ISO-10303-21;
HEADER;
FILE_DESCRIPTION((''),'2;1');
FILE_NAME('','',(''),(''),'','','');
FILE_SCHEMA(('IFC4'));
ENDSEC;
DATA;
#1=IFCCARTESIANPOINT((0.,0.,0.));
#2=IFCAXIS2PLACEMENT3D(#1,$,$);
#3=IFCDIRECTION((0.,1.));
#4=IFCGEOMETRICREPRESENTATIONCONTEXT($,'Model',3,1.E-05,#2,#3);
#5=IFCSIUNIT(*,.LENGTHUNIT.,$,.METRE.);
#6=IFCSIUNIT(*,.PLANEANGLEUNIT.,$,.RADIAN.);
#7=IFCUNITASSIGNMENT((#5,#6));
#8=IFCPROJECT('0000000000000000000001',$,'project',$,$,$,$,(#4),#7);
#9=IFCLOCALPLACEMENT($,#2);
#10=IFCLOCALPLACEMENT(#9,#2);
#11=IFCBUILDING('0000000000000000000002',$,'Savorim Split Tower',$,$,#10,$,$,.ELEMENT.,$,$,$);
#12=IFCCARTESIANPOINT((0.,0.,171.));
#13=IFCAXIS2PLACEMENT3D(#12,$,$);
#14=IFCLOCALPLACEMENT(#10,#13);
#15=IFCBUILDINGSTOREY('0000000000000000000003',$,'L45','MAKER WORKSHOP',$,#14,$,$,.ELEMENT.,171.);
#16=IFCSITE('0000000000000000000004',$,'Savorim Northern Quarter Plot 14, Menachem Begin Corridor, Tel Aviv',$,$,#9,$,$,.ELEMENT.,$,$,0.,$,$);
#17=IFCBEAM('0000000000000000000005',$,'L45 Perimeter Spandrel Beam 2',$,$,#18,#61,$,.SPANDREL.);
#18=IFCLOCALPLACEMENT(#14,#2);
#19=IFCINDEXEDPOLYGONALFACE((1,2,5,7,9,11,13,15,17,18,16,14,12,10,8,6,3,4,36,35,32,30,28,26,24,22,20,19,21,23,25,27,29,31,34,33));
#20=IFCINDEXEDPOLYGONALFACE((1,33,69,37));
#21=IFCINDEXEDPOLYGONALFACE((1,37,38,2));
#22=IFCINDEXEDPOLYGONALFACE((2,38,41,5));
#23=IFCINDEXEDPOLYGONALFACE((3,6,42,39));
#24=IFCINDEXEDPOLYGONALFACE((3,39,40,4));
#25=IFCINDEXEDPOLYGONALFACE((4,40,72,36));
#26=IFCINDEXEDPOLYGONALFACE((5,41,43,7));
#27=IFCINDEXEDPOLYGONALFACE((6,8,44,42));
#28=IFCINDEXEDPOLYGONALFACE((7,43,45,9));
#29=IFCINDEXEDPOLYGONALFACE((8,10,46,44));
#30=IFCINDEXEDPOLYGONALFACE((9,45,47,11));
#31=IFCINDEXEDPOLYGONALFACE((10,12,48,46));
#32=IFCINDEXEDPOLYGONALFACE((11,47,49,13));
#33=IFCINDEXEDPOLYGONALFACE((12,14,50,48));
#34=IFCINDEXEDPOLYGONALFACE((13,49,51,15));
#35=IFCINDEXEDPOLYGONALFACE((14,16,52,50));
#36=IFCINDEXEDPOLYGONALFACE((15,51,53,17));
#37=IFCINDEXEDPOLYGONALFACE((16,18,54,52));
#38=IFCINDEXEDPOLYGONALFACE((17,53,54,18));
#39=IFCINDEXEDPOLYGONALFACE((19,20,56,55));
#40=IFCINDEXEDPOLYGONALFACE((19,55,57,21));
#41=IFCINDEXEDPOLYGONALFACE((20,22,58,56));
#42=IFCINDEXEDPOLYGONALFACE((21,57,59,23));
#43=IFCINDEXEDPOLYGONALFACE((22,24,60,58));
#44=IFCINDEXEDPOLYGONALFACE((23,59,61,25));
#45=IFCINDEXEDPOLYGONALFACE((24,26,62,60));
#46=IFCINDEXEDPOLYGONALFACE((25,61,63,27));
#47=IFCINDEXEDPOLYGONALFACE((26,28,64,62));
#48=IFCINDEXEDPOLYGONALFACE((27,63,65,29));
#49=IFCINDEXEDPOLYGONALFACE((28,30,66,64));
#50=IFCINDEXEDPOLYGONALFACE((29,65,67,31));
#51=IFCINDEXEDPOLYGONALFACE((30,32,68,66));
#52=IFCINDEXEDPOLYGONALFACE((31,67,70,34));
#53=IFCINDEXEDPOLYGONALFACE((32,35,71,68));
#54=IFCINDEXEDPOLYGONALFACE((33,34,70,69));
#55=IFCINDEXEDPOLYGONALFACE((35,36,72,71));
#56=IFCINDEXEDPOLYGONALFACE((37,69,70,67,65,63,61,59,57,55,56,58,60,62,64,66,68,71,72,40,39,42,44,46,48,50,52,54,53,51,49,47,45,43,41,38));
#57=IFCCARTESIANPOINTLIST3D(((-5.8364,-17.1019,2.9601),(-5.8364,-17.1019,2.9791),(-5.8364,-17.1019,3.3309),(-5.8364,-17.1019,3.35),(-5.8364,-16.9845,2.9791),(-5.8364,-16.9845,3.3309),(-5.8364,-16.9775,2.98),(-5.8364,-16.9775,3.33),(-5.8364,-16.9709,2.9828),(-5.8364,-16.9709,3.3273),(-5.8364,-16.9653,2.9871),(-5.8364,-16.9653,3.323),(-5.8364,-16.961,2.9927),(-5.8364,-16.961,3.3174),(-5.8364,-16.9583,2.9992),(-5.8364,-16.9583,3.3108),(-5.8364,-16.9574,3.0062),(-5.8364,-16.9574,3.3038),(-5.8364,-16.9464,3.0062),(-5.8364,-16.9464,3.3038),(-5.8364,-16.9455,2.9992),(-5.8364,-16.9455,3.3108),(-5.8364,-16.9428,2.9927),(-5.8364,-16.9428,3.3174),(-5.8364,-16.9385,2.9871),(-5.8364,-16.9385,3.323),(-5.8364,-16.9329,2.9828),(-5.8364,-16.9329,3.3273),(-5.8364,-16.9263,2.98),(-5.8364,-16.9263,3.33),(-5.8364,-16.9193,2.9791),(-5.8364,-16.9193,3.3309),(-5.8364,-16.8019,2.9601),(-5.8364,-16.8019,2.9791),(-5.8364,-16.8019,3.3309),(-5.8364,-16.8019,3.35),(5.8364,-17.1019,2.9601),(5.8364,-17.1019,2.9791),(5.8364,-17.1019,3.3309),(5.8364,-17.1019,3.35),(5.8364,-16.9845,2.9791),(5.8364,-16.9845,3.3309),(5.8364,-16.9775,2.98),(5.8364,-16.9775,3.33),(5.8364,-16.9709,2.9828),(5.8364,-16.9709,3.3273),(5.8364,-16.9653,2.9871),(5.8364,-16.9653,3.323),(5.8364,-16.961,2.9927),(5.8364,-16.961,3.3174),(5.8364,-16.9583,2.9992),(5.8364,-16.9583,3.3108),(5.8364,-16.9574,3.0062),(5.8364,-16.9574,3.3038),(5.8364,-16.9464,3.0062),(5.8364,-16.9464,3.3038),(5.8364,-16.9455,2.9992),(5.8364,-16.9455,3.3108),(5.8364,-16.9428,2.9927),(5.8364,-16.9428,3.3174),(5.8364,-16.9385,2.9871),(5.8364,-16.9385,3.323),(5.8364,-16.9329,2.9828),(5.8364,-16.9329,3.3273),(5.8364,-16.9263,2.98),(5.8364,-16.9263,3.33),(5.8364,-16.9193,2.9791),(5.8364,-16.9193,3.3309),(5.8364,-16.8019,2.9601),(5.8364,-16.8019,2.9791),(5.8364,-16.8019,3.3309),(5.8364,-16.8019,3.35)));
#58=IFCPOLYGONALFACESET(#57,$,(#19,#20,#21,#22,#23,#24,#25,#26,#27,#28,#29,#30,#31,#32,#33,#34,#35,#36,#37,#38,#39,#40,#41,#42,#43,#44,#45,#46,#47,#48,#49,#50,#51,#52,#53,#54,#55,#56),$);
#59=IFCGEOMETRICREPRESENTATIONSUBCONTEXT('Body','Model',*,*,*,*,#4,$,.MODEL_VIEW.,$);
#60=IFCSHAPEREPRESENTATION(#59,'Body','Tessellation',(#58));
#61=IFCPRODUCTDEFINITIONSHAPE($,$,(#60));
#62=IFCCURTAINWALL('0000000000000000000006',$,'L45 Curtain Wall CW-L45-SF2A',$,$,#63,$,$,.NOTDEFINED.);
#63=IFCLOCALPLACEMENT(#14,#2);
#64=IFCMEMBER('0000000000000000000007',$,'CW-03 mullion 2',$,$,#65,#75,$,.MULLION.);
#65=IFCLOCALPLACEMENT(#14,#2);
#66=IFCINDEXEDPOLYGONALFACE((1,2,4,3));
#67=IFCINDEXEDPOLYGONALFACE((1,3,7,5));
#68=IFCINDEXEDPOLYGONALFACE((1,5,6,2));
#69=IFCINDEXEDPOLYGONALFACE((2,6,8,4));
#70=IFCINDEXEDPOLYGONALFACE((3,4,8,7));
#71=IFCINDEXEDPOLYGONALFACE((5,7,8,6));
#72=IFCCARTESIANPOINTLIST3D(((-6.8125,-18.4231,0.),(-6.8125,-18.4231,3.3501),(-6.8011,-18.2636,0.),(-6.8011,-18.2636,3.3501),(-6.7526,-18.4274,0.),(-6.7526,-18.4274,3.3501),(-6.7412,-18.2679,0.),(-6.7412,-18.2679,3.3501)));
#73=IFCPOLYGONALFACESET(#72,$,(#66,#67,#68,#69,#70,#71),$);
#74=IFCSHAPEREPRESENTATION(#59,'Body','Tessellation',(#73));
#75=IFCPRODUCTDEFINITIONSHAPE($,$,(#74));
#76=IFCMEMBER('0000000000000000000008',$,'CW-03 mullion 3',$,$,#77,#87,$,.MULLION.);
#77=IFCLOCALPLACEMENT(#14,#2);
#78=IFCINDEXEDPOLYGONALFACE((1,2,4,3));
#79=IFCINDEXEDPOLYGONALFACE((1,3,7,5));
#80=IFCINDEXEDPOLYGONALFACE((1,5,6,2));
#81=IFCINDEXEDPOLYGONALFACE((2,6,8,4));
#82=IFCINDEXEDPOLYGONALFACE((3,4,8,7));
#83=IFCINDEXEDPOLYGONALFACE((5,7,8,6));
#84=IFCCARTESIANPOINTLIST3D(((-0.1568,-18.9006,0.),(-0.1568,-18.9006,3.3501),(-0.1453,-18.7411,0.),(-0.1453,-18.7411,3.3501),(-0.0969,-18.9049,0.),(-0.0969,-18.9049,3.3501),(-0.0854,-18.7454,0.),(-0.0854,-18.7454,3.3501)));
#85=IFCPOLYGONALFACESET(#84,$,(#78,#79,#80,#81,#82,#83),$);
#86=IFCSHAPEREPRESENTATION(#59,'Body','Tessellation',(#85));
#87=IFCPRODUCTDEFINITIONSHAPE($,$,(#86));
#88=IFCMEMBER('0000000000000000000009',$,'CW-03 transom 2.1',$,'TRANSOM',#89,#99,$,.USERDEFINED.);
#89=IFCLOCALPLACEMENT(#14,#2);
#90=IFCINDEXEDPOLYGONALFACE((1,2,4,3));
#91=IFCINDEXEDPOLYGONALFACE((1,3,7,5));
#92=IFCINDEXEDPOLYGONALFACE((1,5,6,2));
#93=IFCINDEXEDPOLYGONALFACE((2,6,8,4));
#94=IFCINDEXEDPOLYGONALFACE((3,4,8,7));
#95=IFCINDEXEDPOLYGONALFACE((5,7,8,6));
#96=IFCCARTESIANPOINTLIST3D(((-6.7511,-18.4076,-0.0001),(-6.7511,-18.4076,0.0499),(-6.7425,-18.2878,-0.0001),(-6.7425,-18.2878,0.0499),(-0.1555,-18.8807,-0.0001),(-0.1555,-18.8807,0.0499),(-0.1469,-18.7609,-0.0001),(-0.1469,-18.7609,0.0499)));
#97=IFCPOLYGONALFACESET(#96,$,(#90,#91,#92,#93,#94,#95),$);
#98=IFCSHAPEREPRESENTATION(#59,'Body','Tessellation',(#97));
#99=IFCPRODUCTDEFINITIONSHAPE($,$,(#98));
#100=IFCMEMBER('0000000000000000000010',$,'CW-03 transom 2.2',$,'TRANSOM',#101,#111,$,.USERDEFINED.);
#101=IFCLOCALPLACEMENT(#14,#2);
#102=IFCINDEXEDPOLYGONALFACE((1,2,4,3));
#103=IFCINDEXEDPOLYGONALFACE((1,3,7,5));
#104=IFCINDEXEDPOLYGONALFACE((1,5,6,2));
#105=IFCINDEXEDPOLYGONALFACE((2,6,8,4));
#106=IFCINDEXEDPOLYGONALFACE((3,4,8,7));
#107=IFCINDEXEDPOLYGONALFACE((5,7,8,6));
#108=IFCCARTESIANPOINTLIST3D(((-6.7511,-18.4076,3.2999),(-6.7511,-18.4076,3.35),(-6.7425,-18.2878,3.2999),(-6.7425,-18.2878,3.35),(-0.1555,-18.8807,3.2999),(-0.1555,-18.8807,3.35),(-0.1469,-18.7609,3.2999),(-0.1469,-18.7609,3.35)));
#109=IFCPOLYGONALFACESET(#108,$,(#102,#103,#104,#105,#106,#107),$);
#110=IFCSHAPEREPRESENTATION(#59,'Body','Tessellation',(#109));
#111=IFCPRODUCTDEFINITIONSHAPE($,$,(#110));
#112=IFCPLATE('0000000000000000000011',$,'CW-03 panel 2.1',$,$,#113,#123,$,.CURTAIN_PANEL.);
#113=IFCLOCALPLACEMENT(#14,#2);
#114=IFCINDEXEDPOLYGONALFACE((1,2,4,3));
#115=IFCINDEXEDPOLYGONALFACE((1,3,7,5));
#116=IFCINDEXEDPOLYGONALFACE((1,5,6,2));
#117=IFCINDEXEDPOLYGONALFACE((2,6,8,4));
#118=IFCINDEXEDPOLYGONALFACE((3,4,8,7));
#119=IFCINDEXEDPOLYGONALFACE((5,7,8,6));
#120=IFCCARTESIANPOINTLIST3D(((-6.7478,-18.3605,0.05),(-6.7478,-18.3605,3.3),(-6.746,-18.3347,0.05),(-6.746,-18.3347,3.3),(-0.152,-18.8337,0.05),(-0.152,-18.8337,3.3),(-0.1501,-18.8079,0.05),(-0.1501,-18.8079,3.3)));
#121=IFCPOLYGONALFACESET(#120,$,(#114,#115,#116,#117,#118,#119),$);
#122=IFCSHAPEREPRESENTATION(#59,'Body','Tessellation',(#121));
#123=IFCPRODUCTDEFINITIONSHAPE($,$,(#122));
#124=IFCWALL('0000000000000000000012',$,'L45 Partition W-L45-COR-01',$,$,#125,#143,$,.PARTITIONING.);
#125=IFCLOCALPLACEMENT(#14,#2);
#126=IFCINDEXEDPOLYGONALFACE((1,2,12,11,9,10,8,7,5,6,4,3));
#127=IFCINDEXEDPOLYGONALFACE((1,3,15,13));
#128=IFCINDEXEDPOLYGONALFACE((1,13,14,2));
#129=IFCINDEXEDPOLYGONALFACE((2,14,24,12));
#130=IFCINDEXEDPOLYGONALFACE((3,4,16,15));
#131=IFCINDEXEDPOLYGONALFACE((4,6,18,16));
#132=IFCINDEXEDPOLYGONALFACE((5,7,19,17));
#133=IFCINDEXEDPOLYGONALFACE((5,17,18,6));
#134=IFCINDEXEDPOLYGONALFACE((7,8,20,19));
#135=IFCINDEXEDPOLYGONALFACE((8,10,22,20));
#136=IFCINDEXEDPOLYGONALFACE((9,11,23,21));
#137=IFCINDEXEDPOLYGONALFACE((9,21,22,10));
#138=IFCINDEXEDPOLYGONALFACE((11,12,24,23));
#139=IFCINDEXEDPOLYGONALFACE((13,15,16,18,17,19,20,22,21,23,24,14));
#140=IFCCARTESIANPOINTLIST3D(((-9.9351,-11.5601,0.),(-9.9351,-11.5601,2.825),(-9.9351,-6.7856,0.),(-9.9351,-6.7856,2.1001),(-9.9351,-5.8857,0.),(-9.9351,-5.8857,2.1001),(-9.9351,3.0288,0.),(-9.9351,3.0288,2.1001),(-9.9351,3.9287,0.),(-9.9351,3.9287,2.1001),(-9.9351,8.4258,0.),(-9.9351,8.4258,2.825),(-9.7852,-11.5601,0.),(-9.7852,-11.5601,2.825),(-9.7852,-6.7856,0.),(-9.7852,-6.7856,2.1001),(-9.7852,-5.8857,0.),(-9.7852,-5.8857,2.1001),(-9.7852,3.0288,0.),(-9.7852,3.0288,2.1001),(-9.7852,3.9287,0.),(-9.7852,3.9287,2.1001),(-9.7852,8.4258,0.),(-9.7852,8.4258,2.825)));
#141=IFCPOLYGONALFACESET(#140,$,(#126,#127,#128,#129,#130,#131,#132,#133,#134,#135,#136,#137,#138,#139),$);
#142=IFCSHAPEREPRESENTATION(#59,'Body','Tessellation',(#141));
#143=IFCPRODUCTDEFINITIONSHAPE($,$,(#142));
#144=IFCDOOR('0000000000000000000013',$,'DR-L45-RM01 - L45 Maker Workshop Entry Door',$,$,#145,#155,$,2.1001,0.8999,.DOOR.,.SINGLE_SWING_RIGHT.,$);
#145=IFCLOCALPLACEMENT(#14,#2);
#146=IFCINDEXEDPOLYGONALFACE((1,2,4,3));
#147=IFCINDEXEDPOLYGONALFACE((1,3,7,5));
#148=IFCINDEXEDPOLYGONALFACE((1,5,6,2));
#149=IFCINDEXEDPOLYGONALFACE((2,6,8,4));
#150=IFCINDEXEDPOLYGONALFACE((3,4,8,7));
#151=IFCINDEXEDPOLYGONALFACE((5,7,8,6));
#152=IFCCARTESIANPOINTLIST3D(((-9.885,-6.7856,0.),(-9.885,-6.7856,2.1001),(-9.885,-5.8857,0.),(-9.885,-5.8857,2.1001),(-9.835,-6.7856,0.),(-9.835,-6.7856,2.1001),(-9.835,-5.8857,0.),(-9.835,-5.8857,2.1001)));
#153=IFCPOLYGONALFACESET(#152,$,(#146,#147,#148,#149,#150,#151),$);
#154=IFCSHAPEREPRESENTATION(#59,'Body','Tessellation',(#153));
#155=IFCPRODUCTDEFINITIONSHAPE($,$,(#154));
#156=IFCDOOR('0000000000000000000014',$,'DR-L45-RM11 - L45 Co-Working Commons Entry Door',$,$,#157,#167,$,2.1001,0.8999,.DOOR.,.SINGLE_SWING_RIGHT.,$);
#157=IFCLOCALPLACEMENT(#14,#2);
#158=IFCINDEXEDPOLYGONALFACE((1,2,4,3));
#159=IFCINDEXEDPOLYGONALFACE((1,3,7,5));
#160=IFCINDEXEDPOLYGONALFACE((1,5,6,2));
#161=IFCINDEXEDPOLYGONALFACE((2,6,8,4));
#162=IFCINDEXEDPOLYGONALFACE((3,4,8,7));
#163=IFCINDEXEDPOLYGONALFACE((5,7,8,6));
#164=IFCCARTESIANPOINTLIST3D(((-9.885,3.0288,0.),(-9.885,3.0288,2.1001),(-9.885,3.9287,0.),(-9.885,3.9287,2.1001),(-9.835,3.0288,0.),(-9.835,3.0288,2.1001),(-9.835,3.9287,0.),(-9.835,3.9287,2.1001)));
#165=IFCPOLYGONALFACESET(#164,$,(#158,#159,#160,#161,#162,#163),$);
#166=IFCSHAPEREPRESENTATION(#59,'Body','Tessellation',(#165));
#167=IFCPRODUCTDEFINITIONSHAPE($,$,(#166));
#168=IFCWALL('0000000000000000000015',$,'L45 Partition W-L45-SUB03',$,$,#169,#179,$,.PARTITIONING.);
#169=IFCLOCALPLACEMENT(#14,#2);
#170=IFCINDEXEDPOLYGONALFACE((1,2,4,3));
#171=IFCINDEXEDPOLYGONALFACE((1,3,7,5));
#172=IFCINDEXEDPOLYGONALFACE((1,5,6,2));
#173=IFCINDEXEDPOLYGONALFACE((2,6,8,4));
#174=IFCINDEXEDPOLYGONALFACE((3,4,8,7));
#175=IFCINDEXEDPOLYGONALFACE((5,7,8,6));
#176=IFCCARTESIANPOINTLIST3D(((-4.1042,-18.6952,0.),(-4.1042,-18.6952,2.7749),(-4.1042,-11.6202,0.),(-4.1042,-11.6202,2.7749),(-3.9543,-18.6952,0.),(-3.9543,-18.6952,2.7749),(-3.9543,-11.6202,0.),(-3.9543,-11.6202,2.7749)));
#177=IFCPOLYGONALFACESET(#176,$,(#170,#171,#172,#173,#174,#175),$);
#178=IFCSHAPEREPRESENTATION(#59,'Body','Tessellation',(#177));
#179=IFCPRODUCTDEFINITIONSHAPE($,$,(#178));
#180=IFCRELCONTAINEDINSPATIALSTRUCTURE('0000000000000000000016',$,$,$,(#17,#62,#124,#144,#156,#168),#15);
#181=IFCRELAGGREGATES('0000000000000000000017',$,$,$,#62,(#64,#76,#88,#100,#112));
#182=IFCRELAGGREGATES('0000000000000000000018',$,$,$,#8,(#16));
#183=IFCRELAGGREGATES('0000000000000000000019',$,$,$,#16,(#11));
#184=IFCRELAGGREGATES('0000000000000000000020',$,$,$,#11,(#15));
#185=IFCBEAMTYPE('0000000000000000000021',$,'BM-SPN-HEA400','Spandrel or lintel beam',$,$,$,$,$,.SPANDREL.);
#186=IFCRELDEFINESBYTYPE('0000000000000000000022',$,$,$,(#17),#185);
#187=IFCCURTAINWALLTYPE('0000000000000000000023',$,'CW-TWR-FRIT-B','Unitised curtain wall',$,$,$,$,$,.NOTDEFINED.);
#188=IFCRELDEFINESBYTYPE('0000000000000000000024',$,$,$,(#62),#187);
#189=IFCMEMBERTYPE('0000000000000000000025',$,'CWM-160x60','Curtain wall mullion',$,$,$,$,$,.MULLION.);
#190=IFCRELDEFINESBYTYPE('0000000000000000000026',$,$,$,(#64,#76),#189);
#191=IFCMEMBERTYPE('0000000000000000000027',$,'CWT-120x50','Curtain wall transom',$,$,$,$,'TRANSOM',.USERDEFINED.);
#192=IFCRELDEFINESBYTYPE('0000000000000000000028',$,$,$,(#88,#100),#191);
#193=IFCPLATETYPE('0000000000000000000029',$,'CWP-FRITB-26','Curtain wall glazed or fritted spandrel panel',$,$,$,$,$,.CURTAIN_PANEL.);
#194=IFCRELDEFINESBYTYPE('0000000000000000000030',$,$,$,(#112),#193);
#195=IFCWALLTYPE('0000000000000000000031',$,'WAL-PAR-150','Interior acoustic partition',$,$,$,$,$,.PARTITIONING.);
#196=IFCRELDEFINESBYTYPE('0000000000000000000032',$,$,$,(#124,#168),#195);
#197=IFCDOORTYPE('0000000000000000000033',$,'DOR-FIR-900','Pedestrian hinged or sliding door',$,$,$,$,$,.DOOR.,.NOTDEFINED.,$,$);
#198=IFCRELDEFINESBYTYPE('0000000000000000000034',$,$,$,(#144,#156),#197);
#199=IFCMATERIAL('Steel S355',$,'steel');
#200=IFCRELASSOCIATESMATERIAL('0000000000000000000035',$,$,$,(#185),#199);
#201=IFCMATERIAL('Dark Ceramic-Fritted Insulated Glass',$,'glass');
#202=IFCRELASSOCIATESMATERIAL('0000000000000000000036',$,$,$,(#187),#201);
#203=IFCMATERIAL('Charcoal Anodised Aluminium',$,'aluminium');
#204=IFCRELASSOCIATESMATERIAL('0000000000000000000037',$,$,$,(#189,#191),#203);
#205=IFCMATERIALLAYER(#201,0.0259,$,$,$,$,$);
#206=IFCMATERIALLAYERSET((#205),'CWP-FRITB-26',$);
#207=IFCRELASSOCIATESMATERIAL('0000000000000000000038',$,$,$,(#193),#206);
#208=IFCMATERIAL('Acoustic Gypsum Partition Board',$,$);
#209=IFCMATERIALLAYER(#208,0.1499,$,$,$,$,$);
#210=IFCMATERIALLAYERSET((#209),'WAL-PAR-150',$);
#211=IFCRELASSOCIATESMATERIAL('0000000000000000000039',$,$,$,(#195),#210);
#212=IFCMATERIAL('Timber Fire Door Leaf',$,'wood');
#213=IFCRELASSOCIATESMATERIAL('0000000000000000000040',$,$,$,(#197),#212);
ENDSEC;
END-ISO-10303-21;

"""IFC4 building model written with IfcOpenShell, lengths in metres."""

from ifc_helpers import new_model, si_unit, direction, frame, frame_2d, origin, origin_2d, place, context, subcontext, project, spatial, rectangle, i_section, extrude, material, layer, layer_set, material_profile, profile_set, type_object, element, fill, aggregate, save


model = new_model("IFC4")

# Units and contexts
model_context = context("Model", 3, precision=1e-05, world=origin(), true_north=direction((0.0, 1.0)))
body_context = subcontext(model_context, "Body", "Model", "MODEL_VIEW")
ifc_project = project(units=[si_unit("LENGTHUNIT", "METRE"), si_unit("PLANEANGLEUNIT", "RADIAN")], contexts=[model_context])

# Site, building, storey
site_placement = place(None, origin())
site = spatial("IfcSite", under=ifc_project, at=site_placement, Name="Savorim Northern Quarter Plot 14, Menachem Begin Corridor, Tel Aviv", CompositionType="ELEMENT", RefElevation=0.0)
building_placement = place(site_placement, origin())
building = spatial("IfcBuilding", under=site, at=building_placement, Name="Savorim Split Tower", CompositionType="ELEMENT")
storey_placement = place(building_placement, frame((0.0, 0.0, 171.0)))
storey = spatial("IfcBuildingStorey", under=building, at=storey_placement, Name="L45", Description="MAKER WORKSHOP", CompositionType="ELEMENT", Elevation=171.0)

# Beam
ifc_material_1 = material(Name="Steel S355", Category="steel")
ifc_material_profile_1 = material_profile(ifc_material_1, i_section(OverallWidth=0.3, OverallDepth=0.3899, WebThickness=0.011, FlangeThickness=0.019, FilletRadius=0.0271, at=origin_2d()), Name="HEA 400")
ifc_profile_set_1 = profile_set([ifc_material_profile_1], Name="Steel S355")
beam_type_1 = type_object("IfcBeamType", Name="BM-SPN-HEA400", Description="Spandrel or lintel beam", PredefinedType="SPANDREL", material=ifc_profile_set_1)
beam_1_placement = place(storey_placement, frame((-5.8364, -16.9519, 3.155), z_axis=(1.0, 0.0, 0.0), x_axis=(0.0, 1.0, 0.0)))
element("IfcBeam", 1, at=beam_1_placement, inside=storey, type_object=beam_type_1, Name="L45 Perimeter Spandrel Beam 2", PredefinedType="SPANDREL", context=body_context, shape_type="SweptSolid", body=[
    extrude(i_section(OverallWidth=0.3, OverallDepth=0.3899, WebThickness=0.011, FlangeThickness=0.019, FilletRadius=0.0271, at=origin_2d()), origin(), (0.0, 0.0, 1.0), 11.6729),
])

# Curtain wall, members, plate
ifc_material_2 = material(Name="Dark Ceramic-Fritted Insulated Glass", Category="glass")
curtain_wall_type = type_object("IfcCurtainWallType", Name="CW-TWR-FRIT-B", Description="Unitised curtain wall", PredefinedType="NOTDEFINED", material=ifc_material_2)
curtain_wall_placement = place(storey_placement, origin())
curtain_wall = element("IfcCurtainWall", 2, at=curtain_wall_placement, inside=storey, type_object=curtain_wall_type, Name="L45 Curtain Wall CW-L45-SF2A", PredefinedType="NOTDEFINED")
ifc_material_3 = material(Name="Charcoal Anodised Aluminium", Category="aluminium")
ifc_material_profile_2 = material_profile(ifc_material_3, rectangle(XDim=0.1599, YDim=0.0601, at=origin_2d()), Name="ALU-M 160x60")
ifc_profile_set_2 = profile_set([ifc_material_profile_2], Name="Charcoal Anodised Aluminium")
member_type_1 = type_object("IfcMemberType", Name="CWM-160x60", Description="Curtain wall mullion", PredefinedType="MULLION", material=ifc_profile_set_2)
member_1_placement = place(storey_placement, frame((-6.7769, -18.3455, 0.0), z_axis=(0.0, 0.0, 1.0), x_axis=(0.071559, 0.997436, 0.0)))
member_1 = element("IfcMember", 3, at=member_1_placement, type_object=member_type_1, Name="CW-03 mullion 2", PredefinedType="MULLION", context=body_context, shape_type="SweptSolid", body=[
    extrude(rectangle(XDim=0.1599, YDim=0.0601, at=origin_2d()), origin(), (0.0, 0.0, 1.0), 3.3501),
])
member_2_placement = place(storey_placement, frame((-0.1211, -18.823, 0.0), z_axis=(0.0, 0.0, 1.0), x_axis=(0.071559, 0.997436, 0.0)))
member_2 = element("IfcMember", 4, at=member_2_placement, type_object=member_type_1, Name="CW-03 mullion 3", PredefinedType="MULLION", context=body_context, shape_type="SweptSolid", body=[
    extrude(rectangle(XDim=0.1599, YDim=0.0601, at=origin_2d()), origin(), (0.0, 0.0, 1.0), 3.3501),
])
ifc_material_profile_3 = material_profile(ifc_material_3, rectangle(XDim=0.1201, YDim=0.05, at=origin_2d()), Name="ALU-T 120x50")
ifc_profile_set_3 = profile_set([ifc_material_profile_3], Name="Charcoal Anodised Aluminium")
member_type_2 = type_object("IfcMemberType", Name="CWT-120x50", Description="Curtain wall transom", ElementType="TRANSOM", PredefinedType="USERDEFINED", material=ifc_profile_set_3)
member_3_placement = place(storey_placement, frame((-6.7468, -18.3477, 0.0249), z_axis=(0.997437, -0.071551, 0.0), x_axis=(0.071551, 0.997437, 0.0)))
member_3 = element("IfcMember", 5, at=member_3_placement, type_object=member_type_2, Name="CW-03 transom 2.1", ObjectType="TRANSOM", PredefinedType="USERDEFINED", context=body_context, shape_type="SweptSolid", body=[
    extrude(rectangle(XDim=0.1201, YDim=0.05, at=origin_2d()), origin(), (0.0, 0.0, 1.0), 6.6125),
])
member_4_placement = place(storey_placement, frame((-6.7468, -18.3477, 3.325), z_axis=(0.997437, -0.071551, 0.0), x_axis=(0.071551, 0.997437, 0.0)))
member_4 = element("IfcMember", 6, at=member_4_placement, type_object=member_type_2, Name="CW-03 transom 2.2", ObjectType="TRANSOM", PredefinedType="USERDEFINED", context=body_context, shape_type="SweptSolid", body=[
    extrude(rectangle(XDim=0.1201, YDim=0.05, at=origin_2d()), origin(), (0.0, 0.0, 1.0), 6.6125),
])
ifc_layer_1 = layer(ifc_material_2, 0.0259)
ifc_layer_set_1 = layer_set([ifc_layer_1], Name="CWP-FRITB-26")
plate_type = type_object("IfcPlateType", Name="CWP-FRITB-26", Description="Curtain wall glazed or fritted spandrel panel", PredefinedType="CURTAIN_PANEL", material=ifc_layer_set_1)
plate_placement = place(storey_placement, frame((-3.449, -18.5842, 0.05), z_axis=(0.0, 0.0, 1.0), x_axis=(0.997436, -0.071559, 0.0)))
plate = element("IfcPlate", 7, at=plate_placement, type_object=plate_type, Name="CW-03 panel 2.1", PredefinedType="CURTAIN_PANEL", context=body_context, shape_type="SweptSolid", body=[
    extrude(rectangle(XDim=6.6128, YDim=0.0259, at=origin_2d()), origin(), (0.0, 0.0, 1.0), 3.25),
])
aggregate(curtain_wall, [member_1, member_2, member_3, member_4, plate])

# Wall, openings, doors
ifc_material_4 = material(Name="Acoustic Gypsum Partition Board")
ifc_layer_2 = layer(ifc_material_4, 0.1499)
ifc_layer_set_2 = layer_set([ifc_layer_2], Name="WAL-PAR-150")
wall_type = type_object("IfcWallType", Name="WAL-PAR-150", Description="Interior acoustic partition", PredefinedType="PARTITIONING", material=ifc_layer_set_2)
wall_1_placement = place(storey_placement, frame((-9.8601, -11.5601, 0.0), z_axis=(0.0, 0.0, 1.0), x_axis=(0.0, 1.0, 0.0)))
wall_1 = element("IfcWall", 8, at=wall_1_placement, inside=storey, type_object=wall_type, Name="L45 Partition W-L45-COR-01", PredefinedType="PARTITIONING", context=body_context, shape_type="SweptSolid", body=[
    extrude(rectangle(XDim=19.9858, YDim=0.1499, at=frame_2d((9.9929, 0.0))), origin(), (0.0, 0.0, 1.0), 2.825),
])
opening_1_placement = place(wall_1_placement, frame((4.7744, 0.0, 0.0)))
opening_1 = element("IfcOpeningElement", 9, at=opening_1_placement, cuts=wall_1, PredefinedType="OPENING", context=body_context, shape_type="SweptSolid", body=[
    extrude(rectangle(XDim=0.8999, YDim=2.1001, at=frame_2d((0.45, 1.05))), frame((0.0, 0.085, 0.0), z_axis=(0.0, -1.0, 0.0), x_axis=(1.0, 0.0, 0.0)), (0.0, 0.0, 1.0), 0.1699),
])
opening_2_placement = place(wall_1_placement, frame((14.5889, 0.0, 0.0)))
opening_2 = element("IfcOpeningElement", 10, at=opening_2_placement, cuts=wall_1, PredefinedType="OPENING", context=body_context, shape_type="SweptSolid", body=[
    extrude(rectangle(XDim=0.8999, YDim=2.1001, at=frame_2d((0.45, 1.05))), frame((0.0, 0.085, 0.0), z_axis=(0.0, -1.0, 0.0), x_axis=(1.0, 0.0, 0.0)), (0.0, 0.0, 1.0), 0.1699),
])
ifc_material_5 = material(Name="Timber Fire Door Leaf", Category="wood")
door_type = type_object("IfcDoorType", Name="DOR-FIR-900", Description="Pedestrian hinged or sliding door", OperationType="NOTDEFINED", PredefinedType="DOOR", material=ifc_material_5)
door_1_placement = place(opening_1_placement, origin())
door_1 = element("IfcDoor", 11, at=door_1_placement, inside=storey, type_object=door_type, Name="DR-L45-RM01 - L45 Maker Workshop Entry Door", OperationType="SINGLE_SWING_RIGHT", OverallHeight=2.1001, OverallWidth=0.8999, PredefinedType="DOOR", context=body_context, shape_type="SweptSolid", body=[
    extrude(rectangle(XDim=0.8999, YDim=2.1001, at=frame_2d((0.45, 1.05))), frame((0.0, 0.0249, 0.0), z_axis=(0.0, -1.0, 0.0), x_axis=(1.0, 0.0, 0.0)), (0.0, 0.0, 1.0), 0.05),
])
fill(opening_1, door_1)
door_2_placement = place(opening_2_placement, origin())
door_2 = element("IfcDoor", 12, at=door_2_placement, inside=storey, type_object=door_type, Name="DR-L45-RM11 - L45 Co-Working Commons Entry Door", OperationType="SINGLE_SWING_RIGHT", OverallHeight=2.1001, OverallWidth=0.8999, PredefinedType="DOOR", context=body_context, shape_type="SweptSolid", body=[
    extrude(rectangle(XDim=0.8999, YDim=2.1001, at=frame_2d((0.45, 1.05))), frame((0.0, 0.0249, 0.0), z_axis=(0.0, -1.0, 0.0), x_axis=(1.0, 0.0, 0.0)), (0.0, 0.0, 1.0), 0.05),
])
fill(opening_2, door_2)

# Wall
wall_2_placement = place(storey_placement, frame((-4.0293, -11.6201, 0.0), z_axis=(0.0, 0.0, 1.0), x_axis=(0.0, -1.0, 0.0)))
element("IfcWall", 13, at=wall_2_placement, inside=storey, type_object=wall_type, Name="L45 Partition W-L45-SUB03", PredefinedType="PARTITIONING", context=body_context, shape_type="SweptSolid", body=[
    extrude(rectangle(XDim=7.075, YDim=0.1499, at=frame_2d((3.5376, 0.0))), origin(), (0.0, 0.0, 1.0), 2.7749),
])

save(model, "model.ifc")
